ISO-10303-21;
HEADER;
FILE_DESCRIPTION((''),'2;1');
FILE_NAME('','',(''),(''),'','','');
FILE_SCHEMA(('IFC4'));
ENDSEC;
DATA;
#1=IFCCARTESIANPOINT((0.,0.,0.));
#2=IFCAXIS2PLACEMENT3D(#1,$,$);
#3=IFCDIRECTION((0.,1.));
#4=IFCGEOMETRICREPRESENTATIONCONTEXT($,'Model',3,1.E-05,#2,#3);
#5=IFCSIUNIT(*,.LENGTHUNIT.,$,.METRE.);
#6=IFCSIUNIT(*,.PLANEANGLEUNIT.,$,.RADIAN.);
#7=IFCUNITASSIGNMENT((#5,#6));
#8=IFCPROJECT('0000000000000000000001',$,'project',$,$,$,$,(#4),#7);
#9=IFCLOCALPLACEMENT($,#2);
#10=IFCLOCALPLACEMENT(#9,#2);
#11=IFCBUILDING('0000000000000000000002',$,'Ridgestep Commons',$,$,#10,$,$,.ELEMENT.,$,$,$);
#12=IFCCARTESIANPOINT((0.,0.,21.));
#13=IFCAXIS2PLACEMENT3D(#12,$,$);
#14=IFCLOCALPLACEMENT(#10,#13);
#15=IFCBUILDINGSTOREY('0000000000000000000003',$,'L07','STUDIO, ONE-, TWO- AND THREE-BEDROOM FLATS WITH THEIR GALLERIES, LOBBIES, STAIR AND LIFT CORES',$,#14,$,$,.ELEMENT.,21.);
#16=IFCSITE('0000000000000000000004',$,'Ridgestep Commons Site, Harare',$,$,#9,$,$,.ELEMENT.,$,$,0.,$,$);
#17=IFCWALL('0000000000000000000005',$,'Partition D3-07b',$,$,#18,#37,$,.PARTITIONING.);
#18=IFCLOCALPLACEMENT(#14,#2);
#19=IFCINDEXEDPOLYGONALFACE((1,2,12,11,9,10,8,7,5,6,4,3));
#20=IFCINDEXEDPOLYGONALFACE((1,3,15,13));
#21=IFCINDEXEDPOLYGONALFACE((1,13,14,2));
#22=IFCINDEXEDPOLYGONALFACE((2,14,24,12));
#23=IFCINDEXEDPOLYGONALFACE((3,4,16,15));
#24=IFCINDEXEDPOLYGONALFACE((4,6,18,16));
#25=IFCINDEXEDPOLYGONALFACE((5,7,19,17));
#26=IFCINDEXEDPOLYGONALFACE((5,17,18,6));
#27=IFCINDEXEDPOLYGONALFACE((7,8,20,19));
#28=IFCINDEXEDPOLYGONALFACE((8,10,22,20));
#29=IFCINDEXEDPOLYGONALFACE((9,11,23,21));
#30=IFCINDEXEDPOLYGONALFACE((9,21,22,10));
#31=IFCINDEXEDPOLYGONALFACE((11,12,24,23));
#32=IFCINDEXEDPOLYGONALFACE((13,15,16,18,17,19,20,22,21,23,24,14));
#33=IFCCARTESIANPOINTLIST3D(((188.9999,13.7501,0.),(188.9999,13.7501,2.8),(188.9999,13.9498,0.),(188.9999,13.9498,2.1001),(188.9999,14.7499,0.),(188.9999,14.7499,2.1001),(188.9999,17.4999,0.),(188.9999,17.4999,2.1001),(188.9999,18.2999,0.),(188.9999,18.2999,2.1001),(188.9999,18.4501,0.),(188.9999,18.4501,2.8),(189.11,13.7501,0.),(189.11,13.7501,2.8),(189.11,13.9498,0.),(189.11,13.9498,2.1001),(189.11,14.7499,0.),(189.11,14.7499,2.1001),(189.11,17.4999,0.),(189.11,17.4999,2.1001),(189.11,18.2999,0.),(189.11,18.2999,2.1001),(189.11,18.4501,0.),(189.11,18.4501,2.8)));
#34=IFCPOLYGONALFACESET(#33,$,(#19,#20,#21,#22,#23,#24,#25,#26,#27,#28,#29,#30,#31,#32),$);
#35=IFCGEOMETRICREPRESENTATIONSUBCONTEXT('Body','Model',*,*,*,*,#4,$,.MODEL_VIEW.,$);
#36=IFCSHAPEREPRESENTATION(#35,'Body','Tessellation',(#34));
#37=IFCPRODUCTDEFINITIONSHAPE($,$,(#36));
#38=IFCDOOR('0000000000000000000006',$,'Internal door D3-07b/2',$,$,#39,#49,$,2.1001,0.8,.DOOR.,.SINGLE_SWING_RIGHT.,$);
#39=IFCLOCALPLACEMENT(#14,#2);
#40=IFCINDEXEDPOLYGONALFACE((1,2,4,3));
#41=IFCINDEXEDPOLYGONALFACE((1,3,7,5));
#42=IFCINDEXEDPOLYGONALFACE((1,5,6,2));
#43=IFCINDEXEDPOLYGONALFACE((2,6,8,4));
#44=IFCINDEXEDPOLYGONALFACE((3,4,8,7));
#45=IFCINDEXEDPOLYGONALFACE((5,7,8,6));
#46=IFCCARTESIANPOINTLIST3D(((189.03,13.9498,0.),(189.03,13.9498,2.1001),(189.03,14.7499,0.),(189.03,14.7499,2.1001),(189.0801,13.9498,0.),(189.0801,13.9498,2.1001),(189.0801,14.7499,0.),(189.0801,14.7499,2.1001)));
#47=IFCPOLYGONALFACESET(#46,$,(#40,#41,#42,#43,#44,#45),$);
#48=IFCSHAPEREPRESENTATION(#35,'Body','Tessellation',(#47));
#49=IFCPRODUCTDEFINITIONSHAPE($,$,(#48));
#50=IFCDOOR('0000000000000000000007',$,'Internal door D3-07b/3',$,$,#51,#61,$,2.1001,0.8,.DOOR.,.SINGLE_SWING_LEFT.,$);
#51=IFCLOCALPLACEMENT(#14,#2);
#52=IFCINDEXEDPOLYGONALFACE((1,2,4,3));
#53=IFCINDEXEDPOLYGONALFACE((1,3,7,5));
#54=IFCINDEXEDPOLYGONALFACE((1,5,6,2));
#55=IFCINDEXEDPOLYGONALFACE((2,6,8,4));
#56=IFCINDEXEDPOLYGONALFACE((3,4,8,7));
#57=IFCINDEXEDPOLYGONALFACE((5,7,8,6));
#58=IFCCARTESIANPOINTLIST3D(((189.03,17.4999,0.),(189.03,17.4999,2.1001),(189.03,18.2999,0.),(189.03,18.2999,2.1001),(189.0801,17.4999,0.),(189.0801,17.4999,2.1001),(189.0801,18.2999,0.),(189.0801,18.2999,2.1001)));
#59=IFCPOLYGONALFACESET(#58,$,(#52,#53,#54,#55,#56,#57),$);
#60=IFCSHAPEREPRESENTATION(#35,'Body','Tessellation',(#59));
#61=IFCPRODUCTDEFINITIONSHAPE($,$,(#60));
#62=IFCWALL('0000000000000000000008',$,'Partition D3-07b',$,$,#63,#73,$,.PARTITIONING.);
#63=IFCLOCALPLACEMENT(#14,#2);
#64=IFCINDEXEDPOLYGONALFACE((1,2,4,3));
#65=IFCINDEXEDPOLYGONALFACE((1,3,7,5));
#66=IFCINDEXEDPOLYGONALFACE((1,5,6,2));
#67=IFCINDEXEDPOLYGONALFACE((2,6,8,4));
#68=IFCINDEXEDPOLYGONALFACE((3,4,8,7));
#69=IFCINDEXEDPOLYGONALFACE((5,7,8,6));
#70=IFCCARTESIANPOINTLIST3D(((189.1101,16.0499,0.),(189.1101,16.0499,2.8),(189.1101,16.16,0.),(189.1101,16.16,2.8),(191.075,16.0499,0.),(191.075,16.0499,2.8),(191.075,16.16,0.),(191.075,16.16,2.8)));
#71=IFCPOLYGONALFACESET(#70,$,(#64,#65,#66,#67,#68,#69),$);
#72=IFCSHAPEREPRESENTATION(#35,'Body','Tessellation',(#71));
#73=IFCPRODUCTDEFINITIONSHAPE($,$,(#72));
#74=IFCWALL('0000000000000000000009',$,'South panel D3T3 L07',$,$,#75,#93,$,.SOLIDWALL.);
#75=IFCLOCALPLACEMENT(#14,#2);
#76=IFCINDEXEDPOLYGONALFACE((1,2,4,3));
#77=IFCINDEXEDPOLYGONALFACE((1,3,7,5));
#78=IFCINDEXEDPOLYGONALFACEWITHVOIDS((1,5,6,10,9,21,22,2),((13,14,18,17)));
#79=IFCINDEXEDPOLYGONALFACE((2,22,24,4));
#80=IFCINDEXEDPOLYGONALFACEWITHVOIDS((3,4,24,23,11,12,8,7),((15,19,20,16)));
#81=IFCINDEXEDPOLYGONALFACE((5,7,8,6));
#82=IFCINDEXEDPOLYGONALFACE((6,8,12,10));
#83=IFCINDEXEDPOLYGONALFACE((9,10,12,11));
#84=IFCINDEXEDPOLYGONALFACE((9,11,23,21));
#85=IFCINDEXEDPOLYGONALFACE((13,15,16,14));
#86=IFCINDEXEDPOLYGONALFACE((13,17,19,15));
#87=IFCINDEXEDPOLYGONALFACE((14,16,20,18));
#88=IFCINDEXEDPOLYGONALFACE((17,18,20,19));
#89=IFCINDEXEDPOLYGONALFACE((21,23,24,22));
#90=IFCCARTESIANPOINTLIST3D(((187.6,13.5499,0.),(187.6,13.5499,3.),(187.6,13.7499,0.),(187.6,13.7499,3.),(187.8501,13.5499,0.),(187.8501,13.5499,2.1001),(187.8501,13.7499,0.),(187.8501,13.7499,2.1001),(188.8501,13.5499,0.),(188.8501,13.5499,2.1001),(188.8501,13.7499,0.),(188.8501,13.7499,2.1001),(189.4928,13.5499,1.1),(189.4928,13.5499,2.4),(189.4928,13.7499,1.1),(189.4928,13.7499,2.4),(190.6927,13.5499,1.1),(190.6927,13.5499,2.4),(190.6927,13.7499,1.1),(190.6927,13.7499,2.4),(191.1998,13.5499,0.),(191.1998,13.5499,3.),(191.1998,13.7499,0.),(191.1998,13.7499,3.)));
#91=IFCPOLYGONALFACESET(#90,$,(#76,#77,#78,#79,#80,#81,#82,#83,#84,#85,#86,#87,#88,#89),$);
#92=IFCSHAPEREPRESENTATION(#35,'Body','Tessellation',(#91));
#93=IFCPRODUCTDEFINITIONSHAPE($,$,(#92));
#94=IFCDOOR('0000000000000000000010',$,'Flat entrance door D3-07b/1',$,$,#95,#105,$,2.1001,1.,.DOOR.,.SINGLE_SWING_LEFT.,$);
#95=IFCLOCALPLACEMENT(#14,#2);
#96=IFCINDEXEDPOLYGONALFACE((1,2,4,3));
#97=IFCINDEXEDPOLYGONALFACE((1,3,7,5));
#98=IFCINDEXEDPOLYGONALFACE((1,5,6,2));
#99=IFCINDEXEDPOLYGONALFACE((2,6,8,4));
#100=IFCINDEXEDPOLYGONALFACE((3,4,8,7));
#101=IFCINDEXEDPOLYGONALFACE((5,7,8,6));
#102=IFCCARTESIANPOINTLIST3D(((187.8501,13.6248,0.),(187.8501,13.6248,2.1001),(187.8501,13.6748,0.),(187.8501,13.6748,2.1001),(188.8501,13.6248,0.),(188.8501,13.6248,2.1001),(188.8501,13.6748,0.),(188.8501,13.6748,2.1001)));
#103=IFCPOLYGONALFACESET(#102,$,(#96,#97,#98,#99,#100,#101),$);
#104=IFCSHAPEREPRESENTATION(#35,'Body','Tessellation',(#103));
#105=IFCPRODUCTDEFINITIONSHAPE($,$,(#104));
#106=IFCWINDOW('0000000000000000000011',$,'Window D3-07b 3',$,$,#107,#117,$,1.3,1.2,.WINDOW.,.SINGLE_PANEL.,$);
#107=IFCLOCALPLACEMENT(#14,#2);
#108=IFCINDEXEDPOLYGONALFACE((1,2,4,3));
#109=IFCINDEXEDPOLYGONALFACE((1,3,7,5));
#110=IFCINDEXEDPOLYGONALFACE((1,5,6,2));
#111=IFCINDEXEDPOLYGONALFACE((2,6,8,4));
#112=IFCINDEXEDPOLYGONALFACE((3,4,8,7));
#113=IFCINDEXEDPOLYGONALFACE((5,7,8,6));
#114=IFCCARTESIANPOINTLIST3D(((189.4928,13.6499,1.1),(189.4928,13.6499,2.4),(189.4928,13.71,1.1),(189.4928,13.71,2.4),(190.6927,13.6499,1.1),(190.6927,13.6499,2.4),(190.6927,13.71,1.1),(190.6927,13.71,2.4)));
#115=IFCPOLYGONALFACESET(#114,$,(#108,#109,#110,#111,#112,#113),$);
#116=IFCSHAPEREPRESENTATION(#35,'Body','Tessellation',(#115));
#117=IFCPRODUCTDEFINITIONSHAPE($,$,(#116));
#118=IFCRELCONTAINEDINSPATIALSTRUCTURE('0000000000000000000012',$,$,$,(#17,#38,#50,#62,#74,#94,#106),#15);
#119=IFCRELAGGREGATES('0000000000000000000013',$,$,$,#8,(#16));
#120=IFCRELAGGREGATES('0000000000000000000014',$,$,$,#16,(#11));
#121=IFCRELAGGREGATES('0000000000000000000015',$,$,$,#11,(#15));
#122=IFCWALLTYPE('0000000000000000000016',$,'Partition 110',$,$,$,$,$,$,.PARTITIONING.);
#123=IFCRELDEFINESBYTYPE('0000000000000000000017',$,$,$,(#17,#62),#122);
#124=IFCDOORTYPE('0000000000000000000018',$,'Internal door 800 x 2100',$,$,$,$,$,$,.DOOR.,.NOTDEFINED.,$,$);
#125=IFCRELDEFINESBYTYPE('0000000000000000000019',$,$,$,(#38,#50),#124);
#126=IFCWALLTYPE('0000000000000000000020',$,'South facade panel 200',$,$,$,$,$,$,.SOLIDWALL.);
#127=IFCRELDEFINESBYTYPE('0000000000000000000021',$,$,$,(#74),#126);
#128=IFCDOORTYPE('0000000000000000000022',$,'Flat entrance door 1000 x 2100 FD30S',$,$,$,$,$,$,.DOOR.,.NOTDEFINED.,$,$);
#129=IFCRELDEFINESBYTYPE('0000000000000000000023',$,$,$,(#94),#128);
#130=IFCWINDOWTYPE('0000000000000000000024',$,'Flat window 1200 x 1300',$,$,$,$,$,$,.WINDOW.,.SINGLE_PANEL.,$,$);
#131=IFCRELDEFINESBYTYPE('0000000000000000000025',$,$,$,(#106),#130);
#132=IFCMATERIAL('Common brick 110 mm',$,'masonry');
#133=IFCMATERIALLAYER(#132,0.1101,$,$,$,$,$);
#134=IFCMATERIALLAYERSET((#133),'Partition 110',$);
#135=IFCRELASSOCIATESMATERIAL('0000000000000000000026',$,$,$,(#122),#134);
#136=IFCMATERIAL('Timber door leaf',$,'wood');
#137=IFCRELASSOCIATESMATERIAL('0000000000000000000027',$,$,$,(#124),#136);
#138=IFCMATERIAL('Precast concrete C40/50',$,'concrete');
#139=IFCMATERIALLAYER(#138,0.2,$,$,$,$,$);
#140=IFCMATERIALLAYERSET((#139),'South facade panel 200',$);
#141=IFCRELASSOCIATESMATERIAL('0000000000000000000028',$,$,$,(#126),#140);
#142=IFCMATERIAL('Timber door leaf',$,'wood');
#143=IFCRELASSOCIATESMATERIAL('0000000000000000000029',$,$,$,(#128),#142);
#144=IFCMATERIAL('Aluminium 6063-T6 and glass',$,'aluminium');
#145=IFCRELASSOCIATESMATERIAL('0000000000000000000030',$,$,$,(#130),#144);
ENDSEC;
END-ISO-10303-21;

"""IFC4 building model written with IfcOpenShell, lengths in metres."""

from ifc_helpers import new_model, si_unit, direction, frame, frame_2d, origin, place, context, subcontext, project, spatial, rectangle, extrude, material, layer, layer_set, type_object, element, fill, save


model = new_model("IFC4")

# Units and contexts
model_context = context("Model", 3, precision=1e-05, world=origin(), true_north=direction((0.0, 1.0)))
body_context = subcontext(model_context, "Body", "Model", "MODEL_VIEW")
ifc_project = project(units=[si_unit("LENGTHUNIT", "METRE"), si_unit("PLANEANGLEUNIT", "RADIAN")], contexts=[model_context])

# Site, building, storey
site_placement = place(None, origin())
site = spatial("IfcSite", under=ifc_project, at=site_placement, Name="Ridgestep Commons Site, Harare", CompositionType="ELEMENT", RefElevation=0.0)
building_placement = place(site_placement, origin())
building = spatial("IfcBuilding", under=site, at=building_placement, Name="Ridgestep Commons", CompositionType="ELEMENT")
storey_placement = place(building_placement, frame((0.0, 0.0, 21.0)))
storey = spatial("IfcBuildingStorey", under=building, at=storey_placement, Name="L07", Description="STUDIO, ONE-, TWO- AND THREE-BEDROOM FLATS WITH THEIR GALLERIES, LOBBIES, STAIR AND LIFT CORES", CompositionType="ELEMENT", Elevation=21.0)

# Wall, openings, doors
ifc_material_1 = material(Name="Common brick 110 mm", Category="masonry")
ifc_layer_1 = layer(ifc_material_1, 0.1101)
ifc_layer_set_1 = layer_set([ifc_layer_1], Name="Partition 110")
wall_type_1 = type_object("IfcWallType", Name="Partition 110", PredefinedType="PARTITIONING", material=ifc_layer_set_1)
wall_1_placement = place(storey_placement, frame((189.0549, 13.75, 0.0), z_axis=(0.0, 0.0, 1.0), x_axis=(0.0, 1.0, 0.0)))
wall_1 = element("IfcWall", 1, at=wall_1_placement, inside=storey, type_object=wall_type_1, Name="Partition D3-07b", PredefinedType="PARTITIONING", context=body_context, shape_type="SweptSolid", body=[
    extrude(rectangle(XDim=4.7, YDim=0.1101, at=frame_2d((2.3501, 0.0))), origin(), (0.0, 0.0, 1.0), 2.8),
])
opening_1_placement = place(wall_1_placement, frame((0.2, 0.0, 0.0)))
opening_1 = element("IfcOpeningElement", 2, at=opening_1_placement, cuts=wall_1, PredefinedType="OPENING", context=body_context, shape_type="SweptSolid", body=[
    extrude(rectangle(XDim=0.8, YDim=2.1001, at=frame_2d((0.3999, 1.05))), frame((0.0, 0.0649, 0.0), z_axis=(0.0, -1.0, 0.0), x_axis=(1.0, 0.0, 0.0)), (0.0, 0.0, 1.0), 0.1301),
])
opening_2_placement = place(wall_1_placement, frame((3.75, 0.0, 0.0)))
opening_2 = element("IfcOpeningElement", 3, at=opening_2_placement, cuts=wall_1, PredefinedType="OPENING", context=body_context, shape_type="SweptSolid", body=[
    extrude(rectangle(XDim=0.8, YDim=2.1001, at=frame_2d((0.3999, 1.05))), frame((0.0, 0.0649, 0.0), z_axis=(0.0, -1.0, 0.0), x_axis=(1.0, 0.0, 0.0)), (0.0, 0.0, 1.0), 0.1301),
])
ifc_material_2 = material(Name="Timber door leaf", Category="wood")
door_type_1 = type_object("IfcDoorType", Name="Internal door 800 x 2100", OperationType="NOTDEFINED", PredefinedType="DOOR", material=ifc_material_2)
door_1_placement = place(opening_1_placement, origin())
door_1 = element("IfcDoor", 4, at=door_1_placement, inside=storey, type_object=door_type_1, Name="Internal door D3-07b/2", OperationType="SINGLE_SWING_RIGHT", OverallHeight=2.1001, OverallWidth=0.8, PredefinedType="DOOR", context=body_context, shape_type="SweptSolid", body=[
    extrude(rectangle(XDim=0.8, YDim=2.1001, at=frame_2d((0.3999, 1.05))), frame((0.0, 0.0249, 0.0), z_axis=(0.0, -1.0, 0.0), x_axis=(1.0, 0.0, 0.0)), (0.0, 0.0, 1.0), 0.05),
])
fill(opening_1, door_1)
door_2_placement = place(opening_2_placement, origin())
door_2 = element("IfcDoor", 5, at=door_2_placement, inside=storey, type_object=door_type_1, Name="Internal door D3-07b/3", OperationType="SINGLE_SWING_LEFT", OverallHeight=2.1001, OverallWidth=0.8, PredefinedType="DOOR", context=body_context, shape_type="SweptSolid", body=[
    extrude(rectangle(XDim=0.8, YDim=2.1001, at=frame_2d((0.3999, 1.05))), frame((0.0, 0.0249, 0.0), z_axis=(0.0, -1.0, 0.0), x_axis=(1.0, 0.0, 0.0)), (0.0, 0.0, 1.0), 0.05),
])
fill(opening_2, door_2)

# Wall
wall_2_placement = place(storey_placement, frame((189.1101, 16.105, 0.0), z_axis=(0.0, 0.0, 1.0), x_axis=(1.0, 0.0, 0.0)))
element("IfcWall", 6, at=wall_2_placement, inside=storey, type_object=wall_type_1, Name="Partition D3-07b", PredefinedType="PARTITIONING", context=body_context, shape_type="SweptSolid", body=[
    extrude(rectangle(XDim=1.9648, YDim=0.1101, at=frame_2d((0.9824, 0.0))), origin(), (0.0, 0.0, 1.0), 2.8),
])

# Wall, openings, door, window
ifc_material_3 = material(Name="Precast concrete C40/50", Category="concrete")
ifc_layer_2 = layer(ifc_material_3, 0.2)
ifc_layer_set_2 = layer_set([ifc_layer_2], Name="South facade panel 200")
wall_type_2 = type_object("IfcWallType", Name="South facade panel 200", PredefinedType="SOLIDWALL", material=ifc_layer_set_2)
wall_3_placement = place(storey_placement, frame((187.6001, 13.6499, 0.0), z_axis=(0.0, 0.0, 1.0), x_axis=(1.0, 0.0, 0.0)))
wall_3 = element("IfcWall", 7, at=wall_3_placement, inside=storey, type_object=wall_type_2, Name="South panel D3T3 L07", PredefinedType="SOLIDWALL", context=body_context, shape_type="SweptSolid", body=[
    extrude(rectangle(XDim=3.5999, YDim=0.2, at=frame_2d((1.7998, 0.0))), origin(), (0.0, 0.0, 1.0), 3.0),
])
opening_3_placement = place(wall_3_placement, frame((1.8926, 0.0, 1.1001)))
opening_3 = element("IfcOpeningElement", 8, at=opening_3_placement, cuts=wall_3, PredefinedType="OPENING", context=body_context, shape_type="SweptSolid", body=[
    extrude(rectangle(XDim=1.2, YDim=1.3, at=frame_2d((0.6001, 0.6499))), frame((0.0, 0.1099, 0.0), z_axis=(0.0, -1.0, 0.0), x_axis=(1.0, 0.0, 0.0)), (0.0, 0.0, 1.0), 0.22),
])
opening_4_placement = place(wall_3_placement, frame((0.25, 0.0, 0.0)))
opening_4 = element("IfcOpeningElement", 9, at=opening_4_placement, cuts=wall_3, PredefinedType="OPENING", context=body_context, shape_type="SweptSolid", body=[
    extrude(rectangle(XDim=1.0, YDim=2.1001, at=frame_2d((0.5, 1.05))), frame((0.0, 0.1099, 0.0), z_axis=(0.0, -1.0, 0.0), x_axis=(1.0, 0.0, 0.0)), (0.0, 0.0, 1.0), 0.22),
])
ifc_material_4 = material(Name="Timber door leaf", Category="wood")
door_type_2 = type_object("IfcDoorType", Name="Flat entrance door 1000 x 2100 FD30S", OperationType="NOTDEFINED", PredefinedType="DOOR", material=ifc_material_4)
door_3_placement = place(opening_4_placement, origin())
door_3 = element("IfcDoor", 10, at=door_3_placement, inside=storey, type_object=door_type_2, Name="Flat entrance door D3-07b/1", OperationType="SINGLE_SWING_LEFT", OverallHeight=2.1001, OverallWidth=1.0, PredefinedType="DOOR", context=body_context, shape_type="SweptSolid", body=[
    extrude(rectangle(XDim=1.0, YDim=2.1001, at=frame_2d((0.5, 1.05))), frame((0.0, 0.0249, 0.0), z_axis=(0.0, -1.0, 0.0), x_axis=(1.0, 0.0, 0.0)), (0.0, 0.0, 1.0), 0.05),
])
fill(opening_4, door_3)
ifc_material_5 = material(Name="Aluminium 6063-T6 and glass", Category="aluminium")
window_type = type_object("IfcWindowType", Name="Flat window 1200 x 1300", PartitioningType="SINGLE_PANEL", PredefinedType="WINDOW", material=ifc_material_5)
window_placement = place(opening_3_placement, origin())
window = element("IfcWindow", 11, at=window_placement, inside=storey, type_object=window_type, Name="Window D3-07b 3", OverallHeight=1.3, OverallWidth=1.2, PartitioningType="SINGLE_PANEL", PredefinedType="WINDOW", context=body_context, shape_type="SweptSolid", body=[
    extrude(rectangle(XDim=1.2, YDim=1.3, at=frame_2d((0.6001, 0.6499))), frame((0.0, 0.0601, 0.0), z_axis=(0.0, -1.0, 0.0), x_axis=(1.0, 0.0, 0.0)), (0.0, 0.0, 1.0), 0.0601),
])
fill(opening_3, window)

save(model, "model.ifc")
